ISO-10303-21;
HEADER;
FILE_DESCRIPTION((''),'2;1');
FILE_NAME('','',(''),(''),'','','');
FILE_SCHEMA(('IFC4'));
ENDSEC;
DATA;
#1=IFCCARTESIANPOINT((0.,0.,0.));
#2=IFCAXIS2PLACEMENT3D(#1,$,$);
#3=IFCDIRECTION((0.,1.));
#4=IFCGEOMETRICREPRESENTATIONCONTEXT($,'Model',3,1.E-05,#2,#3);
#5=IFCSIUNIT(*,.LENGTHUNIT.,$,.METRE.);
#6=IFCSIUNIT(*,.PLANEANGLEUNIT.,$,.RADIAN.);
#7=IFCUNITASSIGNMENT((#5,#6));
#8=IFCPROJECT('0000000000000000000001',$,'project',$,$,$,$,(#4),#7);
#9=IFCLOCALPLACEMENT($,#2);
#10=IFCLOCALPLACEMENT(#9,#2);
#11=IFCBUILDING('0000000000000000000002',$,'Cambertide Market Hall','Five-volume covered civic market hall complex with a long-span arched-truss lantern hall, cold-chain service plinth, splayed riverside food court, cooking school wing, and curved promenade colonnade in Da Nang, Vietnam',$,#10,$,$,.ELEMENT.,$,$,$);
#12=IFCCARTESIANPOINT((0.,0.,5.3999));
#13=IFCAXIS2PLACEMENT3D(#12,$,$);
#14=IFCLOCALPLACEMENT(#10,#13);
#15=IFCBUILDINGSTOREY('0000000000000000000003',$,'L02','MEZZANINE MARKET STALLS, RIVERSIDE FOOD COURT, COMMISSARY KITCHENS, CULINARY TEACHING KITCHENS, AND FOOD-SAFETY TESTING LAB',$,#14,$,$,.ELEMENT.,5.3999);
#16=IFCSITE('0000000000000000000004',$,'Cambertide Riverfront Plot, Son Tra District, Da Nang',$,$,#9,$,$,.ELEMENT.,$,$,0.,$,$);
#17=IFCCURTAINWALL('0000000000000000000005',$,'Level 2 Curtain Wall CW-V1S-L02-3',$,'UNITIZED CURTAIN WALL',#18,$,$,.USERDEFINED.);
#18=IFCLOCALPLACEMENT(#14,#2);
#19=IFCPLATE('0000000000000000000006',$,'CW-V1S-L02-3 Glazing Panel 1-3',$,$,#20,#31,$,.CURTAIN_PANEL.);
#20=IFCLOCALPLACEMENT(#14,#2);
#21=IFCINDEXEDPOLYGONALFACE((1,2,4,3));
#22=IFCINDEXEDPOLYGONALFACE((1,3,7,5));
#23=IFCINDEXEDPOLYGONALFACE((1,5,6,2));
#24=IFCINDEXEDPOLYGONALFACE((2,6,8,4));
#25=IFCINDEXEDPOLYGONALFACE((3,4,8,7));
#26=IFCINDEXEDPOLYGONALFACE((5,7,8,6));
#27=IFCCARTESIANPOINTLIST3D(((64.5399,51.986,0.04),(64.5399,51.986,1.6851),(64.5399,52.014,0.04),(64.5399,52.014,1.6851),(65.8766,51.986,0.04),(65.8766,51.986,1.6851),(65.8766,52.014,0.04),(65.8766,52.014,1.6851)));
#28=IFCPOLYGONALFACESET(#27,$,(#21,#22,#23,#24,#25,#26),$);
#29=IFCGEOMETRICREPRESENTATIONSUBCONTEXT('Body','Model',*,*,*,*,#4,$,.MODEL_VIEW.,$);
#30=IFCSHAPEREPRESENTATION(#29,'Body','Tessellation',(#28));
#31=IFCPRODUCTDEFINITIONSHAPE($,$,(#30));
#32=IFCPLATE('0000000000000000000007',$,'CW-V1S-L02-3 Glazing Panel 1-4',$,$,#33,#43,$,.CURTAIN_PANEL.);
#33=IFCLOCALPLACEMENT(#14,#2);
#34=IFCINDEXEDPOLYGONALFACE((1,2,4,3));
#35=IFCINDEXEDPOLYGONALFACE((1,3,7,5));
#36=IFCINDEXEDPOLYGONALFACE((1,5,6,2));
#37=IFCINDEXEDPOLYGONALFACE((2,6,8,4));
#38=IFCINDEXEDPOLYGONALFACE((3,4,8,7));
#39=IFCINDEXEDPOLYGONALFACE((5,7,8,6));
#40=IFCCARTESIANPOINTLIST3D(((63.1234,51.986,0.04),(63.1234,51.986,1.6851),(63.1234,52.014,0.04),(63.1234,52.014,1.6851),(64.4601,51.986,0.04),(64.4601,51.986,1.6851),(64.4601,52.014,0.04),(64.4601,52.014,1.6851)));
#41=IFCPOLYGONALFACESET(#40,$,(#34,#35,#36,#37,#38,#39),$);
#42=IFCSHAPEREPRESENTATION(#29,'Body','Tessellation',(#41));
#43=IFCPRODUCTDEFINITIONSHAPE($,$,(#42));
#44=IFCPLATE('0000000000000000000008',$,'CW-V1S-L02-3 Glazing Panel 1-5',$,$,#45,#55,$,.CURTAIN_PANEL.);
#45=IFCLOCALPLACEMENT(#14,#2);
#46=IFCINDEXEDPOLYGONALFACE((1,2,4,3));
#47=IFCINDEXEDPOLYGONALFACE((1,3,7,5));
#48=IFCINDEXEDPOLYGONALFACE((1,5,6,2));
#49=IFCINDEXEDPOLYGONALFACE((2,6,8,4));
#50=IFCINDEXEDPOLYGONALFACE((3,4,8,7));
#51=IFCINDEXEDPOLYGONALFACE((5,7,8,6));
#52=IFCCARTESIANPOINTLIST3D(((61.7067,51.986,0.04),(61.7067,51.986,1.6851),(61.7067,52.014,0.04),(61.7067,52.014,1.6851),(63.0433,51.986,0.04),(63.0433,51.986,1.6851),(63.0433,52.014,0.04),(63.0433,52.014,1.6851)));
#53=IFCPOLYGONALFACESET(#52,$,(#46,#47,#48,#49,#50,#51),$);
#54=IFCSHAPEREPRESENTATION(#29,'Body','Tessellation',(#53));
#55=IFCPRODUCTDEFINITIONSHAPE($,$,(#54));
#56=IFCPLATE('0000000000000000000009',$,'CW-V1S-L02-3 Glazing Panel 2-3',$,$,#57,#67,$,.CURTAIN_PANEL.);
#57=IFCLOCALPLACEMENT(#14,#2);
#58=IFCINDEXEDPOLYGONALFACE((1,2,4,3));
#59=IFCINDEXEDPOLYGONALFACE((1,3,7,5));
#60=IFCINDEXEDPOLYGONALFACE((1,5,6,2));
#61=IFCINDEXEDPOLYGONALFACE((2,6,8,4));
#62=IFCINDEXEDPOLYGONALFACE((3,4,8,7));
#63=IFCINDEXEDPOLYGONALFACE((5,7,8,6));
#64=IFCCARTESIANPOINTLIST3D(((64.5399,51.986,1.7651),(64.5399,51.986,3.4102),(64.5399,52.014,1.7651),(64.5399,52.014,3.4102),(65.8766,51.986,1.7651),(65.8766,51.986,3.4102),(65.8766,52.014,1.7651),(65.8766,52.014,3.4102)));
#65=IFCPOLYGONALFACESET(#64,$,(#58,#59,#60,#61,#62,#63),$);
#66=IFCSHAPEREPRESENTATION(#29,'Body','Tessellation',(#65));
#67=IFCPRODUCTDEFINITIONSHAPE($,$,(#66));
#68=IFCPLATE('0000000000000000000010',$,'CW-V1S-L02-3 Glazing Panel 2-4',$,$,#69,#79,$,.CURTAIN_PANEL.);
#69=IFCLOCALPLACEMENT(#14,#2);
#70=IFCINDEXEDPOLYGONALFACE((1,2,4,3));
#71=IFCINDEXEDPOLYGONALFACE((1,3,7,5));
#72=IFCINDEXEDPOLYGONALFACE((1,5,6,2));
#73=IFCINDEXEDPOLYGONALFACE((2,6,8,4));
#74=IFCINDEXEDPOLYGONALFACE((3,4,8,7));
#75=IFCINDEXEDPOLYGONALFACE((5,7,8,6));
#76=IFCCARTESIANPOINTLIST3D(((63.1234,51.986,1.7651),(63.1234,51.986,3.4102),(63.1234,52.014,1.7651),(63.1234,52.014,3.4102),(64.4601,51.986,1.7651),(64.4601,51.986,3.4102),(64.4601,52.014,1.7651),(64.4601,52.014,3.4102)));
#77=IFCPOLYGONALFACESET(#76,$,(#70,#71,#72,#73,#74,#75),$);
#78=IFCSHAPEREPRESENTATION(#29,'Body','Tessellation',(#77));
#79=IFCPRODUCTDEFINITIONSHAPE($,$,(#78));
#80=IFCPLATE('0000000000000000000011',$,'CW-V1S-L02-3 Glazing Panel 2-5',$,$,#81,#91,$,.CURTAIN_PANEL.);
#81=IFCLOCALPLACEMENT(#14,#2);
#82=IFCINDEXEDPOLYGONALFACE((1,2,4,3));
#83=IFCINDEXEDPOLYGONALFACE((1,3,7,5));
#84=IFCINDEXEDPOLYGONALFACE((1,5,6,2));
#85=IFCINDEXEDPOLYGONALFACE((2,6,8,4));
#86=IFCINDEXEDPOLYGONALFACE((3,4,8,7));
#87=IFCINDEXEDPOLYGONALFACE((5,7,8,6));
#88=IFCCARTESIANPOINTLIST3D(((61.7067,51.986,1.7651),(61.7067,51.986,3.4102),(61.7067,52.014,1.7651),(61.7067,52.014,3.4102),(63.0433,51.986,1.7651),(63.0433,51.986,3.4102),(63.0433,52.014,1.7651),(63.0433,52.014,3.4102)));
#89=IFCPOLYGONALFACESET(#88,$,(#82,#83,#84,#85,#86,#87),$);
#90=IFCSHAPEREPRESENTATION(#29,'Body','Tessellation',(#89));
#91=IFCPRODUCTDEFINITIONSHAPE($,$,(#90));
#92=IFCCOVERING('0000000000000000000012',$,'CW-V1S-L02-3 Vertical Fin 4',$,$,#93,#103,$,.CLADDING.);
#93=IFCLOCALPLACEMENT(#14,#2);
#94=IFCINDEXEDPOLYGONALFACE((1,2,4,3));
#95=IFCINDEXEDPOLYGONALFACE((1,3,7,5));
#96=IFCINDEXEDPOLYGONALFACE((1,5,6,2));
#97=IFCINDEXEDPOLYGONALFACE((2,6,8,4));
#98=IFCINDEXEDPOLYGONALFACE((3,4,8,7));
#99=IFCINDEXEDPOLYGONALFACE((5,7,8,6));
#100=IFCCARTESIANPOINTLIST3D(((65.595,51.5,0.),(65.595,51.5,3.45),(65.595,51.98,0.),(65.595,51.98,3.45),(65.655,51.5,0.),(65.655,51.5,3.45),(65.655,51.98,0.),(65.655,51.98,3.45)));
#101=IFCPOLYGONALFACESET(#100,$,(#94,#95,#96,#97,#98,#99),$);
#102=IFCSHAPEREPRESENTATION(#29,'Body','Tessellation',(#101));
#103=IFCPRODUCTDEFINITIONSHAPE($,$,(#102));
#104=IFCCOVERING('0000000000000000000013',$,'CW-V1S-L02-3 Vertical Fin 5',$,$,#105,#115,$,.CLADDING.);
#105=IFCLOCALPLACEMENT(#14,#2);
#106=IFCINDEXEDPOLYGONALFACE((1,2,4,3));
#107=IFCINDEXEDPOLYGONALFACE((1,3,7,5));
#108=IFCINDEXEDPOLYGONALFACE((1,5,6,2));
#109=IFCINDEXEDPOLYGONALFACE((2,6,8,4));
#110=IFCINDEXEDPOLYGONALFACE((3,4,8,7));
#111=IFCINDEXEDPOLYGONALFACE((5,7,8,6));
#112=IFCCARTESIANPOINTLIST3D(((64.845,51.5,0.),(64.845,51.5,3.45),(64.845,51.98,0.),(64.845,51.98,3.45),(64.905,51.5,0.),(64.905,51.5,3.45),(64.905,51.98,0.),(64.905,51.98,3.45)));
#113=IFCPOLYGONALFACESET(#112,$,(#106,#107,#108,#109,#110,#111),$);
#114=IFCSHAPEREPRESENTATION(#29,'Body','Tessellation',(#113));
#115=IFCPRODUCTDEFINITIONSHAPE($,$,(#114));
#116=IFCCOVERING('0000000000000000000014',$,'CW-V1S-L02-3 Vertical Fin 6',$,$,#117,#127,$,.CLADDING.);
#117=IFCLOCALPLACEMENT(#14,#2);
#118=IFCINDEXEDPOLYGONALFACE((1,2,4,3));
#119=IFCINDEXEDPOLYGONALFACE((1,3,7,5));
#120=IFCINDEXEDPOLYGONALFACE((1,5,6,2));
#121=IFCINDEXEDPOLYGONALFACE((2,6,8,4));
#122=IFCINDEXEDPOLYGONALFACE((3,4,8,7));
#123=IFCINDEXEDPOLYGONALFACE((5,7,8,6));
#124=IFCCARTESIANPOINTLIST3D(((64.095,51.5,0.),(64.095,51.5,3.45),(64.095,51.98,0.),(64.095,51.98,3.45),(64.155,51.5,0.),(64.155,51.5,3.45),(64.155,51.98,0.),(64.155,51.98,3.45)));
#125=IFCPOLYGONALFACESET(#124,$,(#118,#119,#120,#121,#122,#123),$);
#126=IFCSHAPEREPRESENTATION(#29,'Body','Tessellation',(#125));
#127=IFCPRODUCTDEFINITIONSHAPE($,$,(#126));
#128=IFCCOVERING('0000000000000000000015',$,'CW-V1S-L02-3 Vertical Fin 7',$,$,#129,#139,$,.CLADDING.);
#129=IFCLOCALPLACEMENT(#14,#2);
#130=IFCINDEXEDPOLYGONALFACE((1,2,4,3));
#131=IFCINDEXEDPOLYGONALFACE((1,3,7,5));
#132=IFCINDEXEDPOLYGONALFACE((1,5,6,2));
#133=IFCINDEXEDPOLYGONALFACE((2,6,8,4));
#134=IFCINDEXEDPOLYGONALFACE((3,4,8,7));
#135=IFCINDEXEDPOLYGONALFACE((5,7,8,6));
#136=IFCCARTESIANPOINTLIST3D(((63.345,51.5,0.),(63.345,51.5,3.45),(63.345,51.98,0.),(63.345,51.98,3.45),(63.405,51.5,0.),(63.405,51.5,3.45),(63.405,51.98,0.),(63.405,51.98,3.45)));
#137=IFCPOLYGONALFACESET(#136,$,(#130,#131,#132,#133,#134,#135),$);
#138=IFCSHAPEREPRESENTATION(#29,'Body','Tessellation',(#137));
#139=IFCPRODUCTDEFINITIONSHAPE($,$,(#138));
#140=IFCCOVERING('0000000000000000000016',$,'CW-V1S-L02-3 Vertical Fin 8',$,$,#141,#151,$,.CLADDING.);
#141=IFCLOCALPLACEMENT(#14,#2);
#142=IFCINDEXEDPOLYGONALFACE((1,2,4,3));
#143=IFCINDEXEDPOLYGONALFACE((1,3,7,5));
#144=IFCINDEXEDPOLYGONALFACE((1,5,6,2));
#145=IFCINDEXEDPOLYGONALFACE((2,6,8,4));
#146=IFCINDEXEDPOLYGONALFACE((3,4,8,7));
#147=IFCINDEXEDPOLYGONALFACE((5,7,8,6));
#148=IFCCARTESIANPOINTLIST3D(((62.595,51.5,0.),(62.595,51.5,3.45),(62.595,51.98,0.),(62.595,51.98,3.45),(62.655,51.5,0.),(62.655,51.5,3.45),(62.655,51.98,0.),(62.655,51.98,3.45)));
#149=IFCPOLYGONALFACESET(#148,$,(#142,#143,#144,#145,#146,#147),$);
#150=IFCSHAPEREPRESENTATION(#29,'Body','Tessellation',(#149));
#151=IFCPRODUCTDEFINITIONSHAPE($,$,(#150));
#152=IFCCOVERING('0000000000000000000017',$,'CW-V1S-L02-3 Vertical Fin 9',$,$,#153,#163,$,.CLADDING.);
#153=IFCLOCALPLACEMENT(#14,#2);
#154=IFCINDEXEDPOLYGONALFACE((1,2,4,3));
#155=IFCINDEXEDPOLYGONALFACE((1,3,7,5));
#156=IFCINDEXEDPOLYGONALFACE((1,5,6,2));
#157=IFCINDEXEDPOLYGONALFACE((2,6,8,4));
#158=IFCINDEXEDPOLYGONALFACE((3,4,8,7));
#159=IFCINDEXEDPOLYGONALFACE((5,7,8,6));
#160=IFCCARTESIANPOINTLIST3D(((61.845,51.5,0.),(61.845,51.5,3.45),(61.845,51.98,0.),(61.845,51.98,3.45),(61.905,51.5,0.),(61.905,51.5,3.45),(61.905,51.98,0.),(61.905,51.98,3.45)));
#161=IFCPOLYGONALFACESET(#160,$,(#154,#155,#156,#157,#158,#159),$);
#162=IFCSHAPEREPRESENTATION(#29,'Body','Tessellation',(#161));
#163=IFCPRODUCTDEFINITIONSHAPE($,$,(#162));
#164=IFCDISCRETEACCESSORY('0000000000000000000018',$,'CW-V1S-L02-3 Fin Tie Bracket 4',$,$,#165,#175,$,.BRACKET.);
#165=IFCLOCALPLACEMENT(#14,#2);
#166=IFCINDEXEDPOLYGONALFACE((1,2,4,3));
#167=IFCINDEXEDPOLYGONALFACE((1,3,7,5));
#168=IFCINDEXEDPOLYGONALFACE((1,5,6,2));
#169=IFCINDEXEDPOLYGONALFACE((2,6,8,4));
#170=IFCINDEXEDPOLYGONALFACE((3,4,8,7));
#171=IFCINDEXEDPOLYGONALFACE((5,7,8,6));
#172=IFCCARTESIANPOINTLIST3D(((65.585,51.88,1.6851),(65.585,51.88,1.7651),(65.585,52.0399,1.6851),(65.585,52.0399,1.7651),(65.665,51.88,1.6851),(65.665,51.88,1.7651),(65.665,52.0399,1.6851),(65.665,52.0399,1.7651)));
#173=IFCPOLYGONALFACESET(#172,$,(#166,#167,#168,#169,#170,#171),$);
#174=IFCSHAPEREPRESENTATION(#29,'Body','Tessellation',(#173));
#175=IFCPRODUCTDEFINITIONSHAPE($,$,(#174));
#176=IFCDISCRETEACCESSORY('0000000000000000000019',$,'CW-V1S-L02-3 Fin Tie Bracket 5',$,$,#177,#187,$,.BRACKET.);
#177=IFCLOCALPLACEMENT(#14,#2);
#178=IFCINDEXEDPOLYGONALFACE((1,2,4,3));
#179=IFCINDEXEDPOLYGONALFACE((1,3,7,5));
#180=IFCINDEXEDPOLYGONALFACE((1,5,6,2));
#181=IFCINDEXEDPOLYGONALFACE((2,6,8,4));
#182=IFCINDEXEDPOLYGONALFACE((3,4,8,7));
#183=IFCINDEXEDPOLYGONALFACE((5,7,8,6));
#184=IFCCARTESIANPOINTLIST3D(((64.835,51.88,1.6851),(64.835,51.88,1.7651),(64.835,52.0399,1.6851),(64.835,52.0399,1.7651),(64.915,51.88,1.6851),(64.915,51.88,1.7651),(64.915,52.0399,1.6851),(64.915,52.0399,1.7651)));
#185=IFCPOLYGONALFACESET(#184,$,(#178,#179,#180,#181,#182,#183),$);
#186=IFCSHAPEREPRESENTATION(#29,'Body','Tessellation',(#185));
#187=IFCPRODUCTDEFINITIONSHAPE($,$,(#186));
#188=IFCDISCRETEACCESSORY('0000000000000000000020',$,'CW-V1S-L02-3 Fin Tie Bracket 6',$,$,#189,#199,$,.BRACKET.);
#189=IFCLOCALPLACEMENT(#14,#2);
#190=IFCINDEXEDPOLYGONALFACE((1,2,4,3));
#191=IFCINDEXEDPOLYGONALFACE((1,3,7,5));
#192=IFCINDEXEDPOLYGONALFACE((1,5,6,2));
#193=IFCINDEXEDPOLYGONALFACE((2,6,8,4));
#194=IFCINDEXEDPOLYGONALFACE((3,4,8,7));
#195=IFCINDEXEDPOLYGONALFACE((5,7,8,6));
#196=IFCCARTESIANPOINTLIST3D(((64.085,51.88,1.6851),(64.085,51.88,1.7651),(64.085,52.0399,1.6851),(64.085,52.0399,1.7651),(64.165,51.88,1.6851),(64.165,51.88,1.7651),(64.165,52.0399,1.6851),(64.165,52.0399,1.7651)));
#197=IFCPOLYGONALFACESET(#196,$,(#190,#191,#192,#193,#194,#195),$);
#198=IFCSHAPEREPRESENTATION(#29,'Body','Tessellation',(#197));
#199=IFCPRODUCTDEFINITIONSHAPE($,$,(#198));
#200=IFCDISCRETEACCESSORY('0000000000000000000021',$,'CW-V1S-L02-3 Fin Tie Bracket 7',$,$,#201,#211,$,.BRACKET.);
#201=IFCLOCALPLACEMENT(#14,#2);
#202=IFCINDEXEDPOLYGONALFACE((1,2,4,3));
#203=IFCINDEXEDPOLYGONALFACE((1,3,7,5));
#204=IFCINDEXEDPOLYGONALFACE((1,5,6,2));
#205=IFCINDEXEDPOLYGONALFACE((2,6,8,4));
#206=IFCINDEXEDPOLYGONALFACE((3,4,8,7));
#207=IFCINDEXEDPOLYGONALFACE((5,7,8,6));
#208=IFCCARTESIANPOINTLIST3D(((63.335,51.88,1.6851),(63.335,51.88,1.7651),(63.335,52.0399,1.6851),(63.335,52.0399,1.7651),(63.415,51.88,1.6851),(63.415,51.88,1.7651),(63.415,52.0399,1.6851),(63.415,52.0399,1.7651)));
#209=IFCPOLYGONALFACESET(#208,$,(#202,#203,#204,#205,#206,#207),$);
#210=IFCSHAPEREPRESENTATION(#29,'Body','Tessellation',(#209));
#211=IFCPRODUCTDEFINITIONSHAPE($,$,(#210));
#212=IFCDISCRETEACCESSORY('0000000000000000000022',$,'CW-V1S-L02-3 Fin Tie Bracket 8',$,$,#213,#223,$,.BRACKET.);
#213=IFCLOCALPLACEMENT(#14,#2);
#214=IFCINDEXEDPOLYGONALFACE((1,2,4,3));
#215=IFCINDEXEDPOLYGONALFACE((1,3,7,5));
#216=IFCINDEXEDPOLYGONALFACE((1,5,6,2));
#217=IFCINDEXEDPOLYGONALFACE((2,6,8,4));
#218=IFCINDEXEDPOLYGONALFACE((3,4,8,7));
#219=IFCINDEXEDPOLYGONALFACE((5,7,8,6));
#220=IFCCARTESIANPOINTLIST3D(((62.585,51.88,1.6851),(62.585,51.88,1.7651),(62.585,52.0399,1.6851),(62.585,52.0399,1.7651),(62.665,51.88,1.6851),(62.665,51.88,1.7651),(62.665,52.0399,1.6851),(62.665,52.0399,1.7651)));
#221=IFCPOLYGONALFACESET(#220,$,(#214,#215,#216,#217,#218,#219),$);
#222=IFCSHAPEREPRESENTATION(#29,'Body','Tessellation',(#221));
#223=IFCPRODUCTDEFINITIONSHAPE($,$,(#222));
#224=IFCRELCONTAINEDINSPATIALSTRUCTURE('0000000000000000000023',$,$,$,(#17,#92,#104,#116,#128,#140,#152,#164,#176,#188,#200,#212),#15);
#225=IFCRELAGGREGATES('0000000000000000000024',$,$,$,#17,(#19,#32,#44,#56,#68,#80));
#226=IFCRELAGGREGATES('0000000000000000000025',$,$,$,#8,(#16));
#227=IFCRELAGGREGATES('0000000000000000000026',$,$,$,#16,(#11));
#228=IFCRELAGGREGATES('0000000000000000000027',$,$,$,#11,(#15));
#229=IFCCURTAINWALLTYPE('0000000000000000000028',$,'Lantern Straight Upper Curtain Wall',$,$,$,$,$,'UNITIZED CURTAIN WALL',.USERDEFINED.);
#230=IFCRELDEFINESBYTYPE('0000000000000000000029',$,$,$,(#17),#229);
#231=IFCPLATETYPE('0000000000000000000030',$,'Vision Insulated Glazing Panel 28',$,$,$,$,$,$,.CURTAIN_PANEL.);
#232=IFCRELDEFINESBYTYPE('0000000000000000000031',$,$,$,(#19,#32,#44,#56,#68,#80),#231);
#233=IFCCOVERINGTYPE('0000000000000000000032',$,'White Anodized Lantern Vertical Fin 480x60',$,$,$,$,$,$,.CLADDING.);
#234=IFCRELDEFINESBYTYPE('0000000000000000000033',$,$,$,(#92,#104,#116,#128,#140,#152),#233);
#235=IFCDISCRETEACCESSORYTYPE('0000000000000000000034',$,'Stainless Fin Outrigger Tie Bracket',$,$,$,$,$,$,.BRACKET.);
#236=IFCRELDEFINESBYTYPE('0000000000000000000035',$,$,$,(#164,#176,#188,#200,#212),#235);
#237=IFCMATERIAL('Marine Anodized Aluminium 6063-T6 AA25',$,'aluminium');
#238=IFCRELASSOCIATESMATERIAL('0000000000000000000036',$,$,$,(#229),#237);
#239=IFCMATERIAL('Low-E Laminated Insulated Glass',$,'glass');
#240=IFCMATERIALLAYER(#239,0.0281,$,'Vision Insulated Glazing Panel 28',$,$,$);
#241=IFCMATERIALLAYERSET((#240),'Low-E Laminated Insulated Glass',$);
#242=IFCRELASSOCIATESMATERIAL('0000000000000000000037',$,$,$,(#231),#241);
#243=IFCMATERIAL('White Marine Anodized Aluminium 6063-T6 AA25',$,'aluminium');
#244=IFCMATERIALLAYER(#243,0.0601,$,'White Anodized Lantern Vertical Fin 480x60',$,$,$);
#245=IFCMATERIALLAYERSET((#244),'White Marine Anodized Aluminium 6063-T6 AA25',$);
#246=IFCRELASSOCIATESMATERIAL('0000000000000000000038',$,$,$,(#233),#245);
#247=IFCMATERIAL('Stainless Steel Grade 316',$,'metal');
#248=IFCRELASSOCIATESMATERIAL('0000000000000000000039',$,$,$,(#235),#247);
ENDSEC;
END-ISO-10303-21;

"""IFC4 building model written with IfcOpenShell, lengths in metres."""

from ifc_helpers import new_model, si_unit, direction, frame, origin, origin_2d, place, context, subcontext, project, spatial, rectangle, extrude, material, layer, layer_set, type_object, element, aggregate, save


model = new_model("IFC4")

# Units and contexts
model_context = context("Model", 3, precision=1e-05, world=origin(), true_north=direction((0.0, 1.0)))
body_context = subcontext(model_context, "Body", "Model", "MODEL_VIEW")
ifc_project = project(units=[si_unit("LENGTHUNIT", "METRE"), si_unit("PLANEANGLEUNIT", "RADIAN")], contexts=[model_context])

# Site, building, storey
site_placement = place(None, origin())
site = spatial("IfcSite", under=ifc_project, at=site_placement, Name="Cambertide Riverfront Plot, Son Tra District, Da Nang", CompositionType="ELEMENT", RefElevation=0.0)
building_placement = place(site_placement, origin())
building = spatial("IfcBuilding", under=site, at=building_placement, Name="Cambertide Market Hall", Description="Five-volume covered civic market hall complex with a long-span arched-truss lantern hall, cold-chain service plinth, splayed riverside food court, cooking school wing, and curved promenade colonnade in Da Nang, Vietnam", CompositionType="ELEMENT")
storey_placement = place(building_placement, frame((0.0, 0.0, 5.3999)))
storey = spatial("IfcBuildingStorey", under=building, at=storey_placement, Name="L02", Description="MEZZANINE MARKET STALLS, RIVERSIDE FOOD COURT, COMMISSARY KITCHENS, CULINARY TEACHING KITCHENS, AND FOOD-SAFETY TESTING LAB", CompositionType="ELEMENT", Elevation=5.3999)

# Curtain wall, plates
ifc_material_1 = material(Name="Marine Anodized Aluminium 6063-T6 AA25", Category="aluminium")
curtain_wall_type = type_object("IfcCurtainWallType", Name="Lantern Straight Upper Curtain Wall", ElementType="UNITIZED CURTAIN WALL", PredefinedType="USERDEFINED", material=ifc_material_1)
curtain_wall_placement = place(storey_placement, origin())
curtain_wall = element("IfcCurtainWall", 1, at=curtain_wall_placement, inside=storey, type_object=curtain_wall_type, Name="Level 2 Curtain Wall CW-V1S-L02-3", ObjectType="UNITIZED CURTAIN WALL", PredefinedType="USERDEFINED")
ifc_material_2 = material(Name="Low-E Laminated Insulated Glass", Category="glass")
ifc_layer_1 = layer(ifc_material_2, 0.0281, Name="Vision Insulated Glazing Panel 28")
ifc_layer_set_1 = layer_set([ifc_layer_1], Name="Low-E Laminated Insulated Glass")
plate_type = type_object("IfcPlateType", Name="Vision Insulated Glazing Panel 28", PredefinedType="CURTAIN_PANEL", material=ifc_layer_set_1)
plate_1_placement = place(storey_placement, frame((65.2083, 52.0, 0.04), z_axis=(0.0, 0.0, 1.0), x_axis=(-1.0, 0.0, 0.0)))
plate_1 = element("IfcPlate", 2, at=plate_1_placement, type_object=plate_type, Name="CW-V1S-L02-3 Glazing Panel 1-3", PredefinedType="CURTAIN_PANEL", context=body_context, shape_type="SweptSolid", body=[
    extrude(rectangle(XDim=1.3367, YDim=0.0281, at=origin_2d()), origin(), (0.0, 0.0, 1.0), 1.645),
])
plate_2_placement = place(storey_placement, frame((63.7917, 52.0, 0.04), z_axis=(0.0, 0.0, 1.0), x_axis=(-1.0, 0.0, 0.0)))
plate_2 = element("IfcPlate", 3, at=plate_2_placement, type_object=plate_type, Name="CW-V1S-L02-3 Glazing Panel 1-4", PredefinedType="CURTAIN_PANEL", context=body_context, shape_type="SweptSolid", body=[
    extrude(rectangle(XDim=1.3367, YDim=0.0281, at=origin_2d()), origin(), (0.0, 0.0, 1.0), 1.645),
])
plate_3_placement = place(storey_placement, frame((62.375, 52.0, 0.04), z_axis=(0.0, 0.0, 1.0), x_axis=(-1.0, 0.0, 0.0)))
plate_3 = element("IfcPlate", 4, at=plate_3_placement, type_object=plate_type, Name="CW-V1S-L02-3 Glazing Panel 1-5", PredefinedType="CURTAIN_PANEL", context=body_context, shape_type="SweptSolid", body=[
    extrude(rectangle(XDim=1.3367, YDim=0.0281, at=origin_2d()), origin(), (0.0, 0.0, 1.0), 1.645),
])
plate_4_placement = place(storey_placement, frame((65.2083, 52.0, 1.7651), z_axis=(0.0, 0.0, 1.0), x_axis=(-1.0, 0.0, 0.0)))
plate_4 = element("IfcPlate", 5, at=plate_4_placement, type_object=plate_type, Name="CW-V1S-L02-3 Glazing Panel 2-3", PredefinedType="CURTAIN_PANEL", context=body_context, shape_type="SweptSolid", body=[
    extrude(rectangle(XDim=1.3367, YDim=0.0281, at=origin_2d()), origin(), (0.0, 0.0, 1.0), 1.645),
])
plate_5_placement = place(storey_placement, frame((63.7917, 52.0, 1.7651), z_axis=(0.0, 0.0, 1.0), x_axis=(-1.0, 0.0, 0.0)))
plate_5 = element("IfcPlate", 6, at=plate_5_placement, type_object=plate_type, Name="CW-V1S-L02-3 Glazing Panel 2-4", PredefinedType="CURTAIN_PANEL", context=body_context, shape_type="SweptSolid", body=[
    extrude(rectangle(XDim=1.3367, YDim=0.0281, at=origin_2d()), origin(), (0.0, 0.0, 1.0), 1.645),
])
plate_6_placement = place(storey_placement, frame((62.375, 52.0, 1.7651), z_axis=(0.0, 0.0, 1.0), x_axis=(-1.0, 0.0, 0.0)))
plate_6 = element("IfcPlate", 7, at=plate_6_placement, type_object=plate_type, Name="CW-V1S-L02-3 Glazing Panel 2-5", PredefinedType="CURTAIN_PANEL", context=body_context, shape_type="SweptSolid", body=[
    extrude(rectangle(XDim=1.3367, YDim=0.0281, at=origin_2d()), origin(), (0.0, 0.0, 1.0), 1.645),
])
aggregate(curtain_wall, [plate_1, plate_2, plate_3, plate_4, plate_5, plate_6])

# Coverings
ifc_material_3 = material(Name="White Marine Anodized Aluminium 6063-T6 AA25", Category="aluminium")
ifc_layer_2 = layer(ifc_material_3, 0.0601, Name="White Anodized Lantern Vertical Fin 480x60")
ifc_layer_set_2 = layer_set([ifc_layer_2], Name="White Marine Anodized Aluminium 6063-T6 AA25")
covering_type = type_object("IfcCoveringType", Name="White Anodized Lantern Vertical Fin 480x60", PredefinedType="CLADDING", material=ifc_layer_set_2)
for number, where, z_axis, x_axis, name in (
    (8, (65.625, 51.74, 0.0), (0.0, 0.0, 1.0), (-1.0, 0.0, 0.0), "CW-V1S-L02-3 Vertical Fin 4"),
    (9, (64.875, 51.74, 0.0), (0.0, 0.0, 1.0), (-1.0, 0.0, 0.0), "CW-V1S-L02-3 Vertical Fin 5"),
    (10, (64.125, 51.74, 0.0), (0.0, 0.0, 1.0), (-1.0, 0.0, 0.0), "CW-V1S-L02-3 Vertical Fin 6"),
    (11, (63.375, 51.74, 0.0), (0.0, 0.0, 1.0), (-1.0, 0.0, 0.0), "CW-V1S-L02-3 Vertical Fin 7"),
    (12, (62.625, 51.74, 0.0), (0.0, 0.0, 1.0), (-1.0, 0.0, 0.0), "CW-V1S-L02-3 Vertical Fin 8"),
    (13, (61.875, 51.74, 0.0), (0.0, 0.0, 1.0), (-1.0, 0.0, 0.0), "CW-V1S-L02-3 Vertical Fin 9"),
):
    element("IfcCovering", number, at=place(storey_placement, frame(where, z_axis=z_axis, x_axis=x_axis)), inside=storey, type_object=covering_type, Name=name, PredefinedType="CLADDING", context=body_context, shape_type="SweptSolid", body=[
        extrude(rectangle(XDim=0.0601, YDim=0.48, at=origin_2d()), origin(), (0.0, 0.0, 1.0), 3.45),
    ])

# Discrete accessories
ifc_material_4 = material(Name="Stainless Steel Grade 316", Category="metal")
discrete_accessory_type = type_object("IfcDiscreteAccessoryType", Name="Stainless Fin Outrigger Tie Bracket", PredefinedType="BRACKET", material=ifc_material_4)
for number, where, z_axis, x_axis, name in (
    (14, (65.625, 51.96, 1.6851), (0.0, 0.0, 1.0), (-1.0, 0.0, 0.0), "CW-V1S-L02-3 Fin Tie Bracket 4"),
    (15, (64.875, 51.96, 1.6851), (0.0, 0.0, 1.0), (-1.0, 0.0, 0.0), "CW-V1S-L02-3 Fin Tie Bracket 5"),
    (16, (64.125, 51.96, 1.6851), (0.0, 0.0, 1.0), (-1.0, 0.0, 0.0), "CW-V1S-L02-3 Fin Tie Bracket 6"),
    (17, (63.375, 51.96, 1.6851), (0.0, 0.0, 1.0), (-1.0, 0.0, 0.0), "CW-V1S-L02-3 Fin Tie Bracket 7"),
    (18, (62.625, 51.96, 1.6851), (0.0, 0.0, 1.0), (-1.0, 0.0, 0.0), "CW-V1S-L02-3 Fin Tie Bracket 8"),
):
    element("IfcDiscreteAccessory", number, at=place(storey_placement, frame(where, z_axis=z_axis, x_axis=x_axis)), inside=storey, type_object=discrete_accessory_type, Name=name, PredefinedType="BRACKET", context=body_context, shape_type="SweptSolid", body=[
        extrude(rectangle(XDim=0.0801, YDim=0.1599, at=origin_2d()), origin(), (0.0, 0.0, 1.0), 0.0801),
    ])

save(model, "model.ifc")
